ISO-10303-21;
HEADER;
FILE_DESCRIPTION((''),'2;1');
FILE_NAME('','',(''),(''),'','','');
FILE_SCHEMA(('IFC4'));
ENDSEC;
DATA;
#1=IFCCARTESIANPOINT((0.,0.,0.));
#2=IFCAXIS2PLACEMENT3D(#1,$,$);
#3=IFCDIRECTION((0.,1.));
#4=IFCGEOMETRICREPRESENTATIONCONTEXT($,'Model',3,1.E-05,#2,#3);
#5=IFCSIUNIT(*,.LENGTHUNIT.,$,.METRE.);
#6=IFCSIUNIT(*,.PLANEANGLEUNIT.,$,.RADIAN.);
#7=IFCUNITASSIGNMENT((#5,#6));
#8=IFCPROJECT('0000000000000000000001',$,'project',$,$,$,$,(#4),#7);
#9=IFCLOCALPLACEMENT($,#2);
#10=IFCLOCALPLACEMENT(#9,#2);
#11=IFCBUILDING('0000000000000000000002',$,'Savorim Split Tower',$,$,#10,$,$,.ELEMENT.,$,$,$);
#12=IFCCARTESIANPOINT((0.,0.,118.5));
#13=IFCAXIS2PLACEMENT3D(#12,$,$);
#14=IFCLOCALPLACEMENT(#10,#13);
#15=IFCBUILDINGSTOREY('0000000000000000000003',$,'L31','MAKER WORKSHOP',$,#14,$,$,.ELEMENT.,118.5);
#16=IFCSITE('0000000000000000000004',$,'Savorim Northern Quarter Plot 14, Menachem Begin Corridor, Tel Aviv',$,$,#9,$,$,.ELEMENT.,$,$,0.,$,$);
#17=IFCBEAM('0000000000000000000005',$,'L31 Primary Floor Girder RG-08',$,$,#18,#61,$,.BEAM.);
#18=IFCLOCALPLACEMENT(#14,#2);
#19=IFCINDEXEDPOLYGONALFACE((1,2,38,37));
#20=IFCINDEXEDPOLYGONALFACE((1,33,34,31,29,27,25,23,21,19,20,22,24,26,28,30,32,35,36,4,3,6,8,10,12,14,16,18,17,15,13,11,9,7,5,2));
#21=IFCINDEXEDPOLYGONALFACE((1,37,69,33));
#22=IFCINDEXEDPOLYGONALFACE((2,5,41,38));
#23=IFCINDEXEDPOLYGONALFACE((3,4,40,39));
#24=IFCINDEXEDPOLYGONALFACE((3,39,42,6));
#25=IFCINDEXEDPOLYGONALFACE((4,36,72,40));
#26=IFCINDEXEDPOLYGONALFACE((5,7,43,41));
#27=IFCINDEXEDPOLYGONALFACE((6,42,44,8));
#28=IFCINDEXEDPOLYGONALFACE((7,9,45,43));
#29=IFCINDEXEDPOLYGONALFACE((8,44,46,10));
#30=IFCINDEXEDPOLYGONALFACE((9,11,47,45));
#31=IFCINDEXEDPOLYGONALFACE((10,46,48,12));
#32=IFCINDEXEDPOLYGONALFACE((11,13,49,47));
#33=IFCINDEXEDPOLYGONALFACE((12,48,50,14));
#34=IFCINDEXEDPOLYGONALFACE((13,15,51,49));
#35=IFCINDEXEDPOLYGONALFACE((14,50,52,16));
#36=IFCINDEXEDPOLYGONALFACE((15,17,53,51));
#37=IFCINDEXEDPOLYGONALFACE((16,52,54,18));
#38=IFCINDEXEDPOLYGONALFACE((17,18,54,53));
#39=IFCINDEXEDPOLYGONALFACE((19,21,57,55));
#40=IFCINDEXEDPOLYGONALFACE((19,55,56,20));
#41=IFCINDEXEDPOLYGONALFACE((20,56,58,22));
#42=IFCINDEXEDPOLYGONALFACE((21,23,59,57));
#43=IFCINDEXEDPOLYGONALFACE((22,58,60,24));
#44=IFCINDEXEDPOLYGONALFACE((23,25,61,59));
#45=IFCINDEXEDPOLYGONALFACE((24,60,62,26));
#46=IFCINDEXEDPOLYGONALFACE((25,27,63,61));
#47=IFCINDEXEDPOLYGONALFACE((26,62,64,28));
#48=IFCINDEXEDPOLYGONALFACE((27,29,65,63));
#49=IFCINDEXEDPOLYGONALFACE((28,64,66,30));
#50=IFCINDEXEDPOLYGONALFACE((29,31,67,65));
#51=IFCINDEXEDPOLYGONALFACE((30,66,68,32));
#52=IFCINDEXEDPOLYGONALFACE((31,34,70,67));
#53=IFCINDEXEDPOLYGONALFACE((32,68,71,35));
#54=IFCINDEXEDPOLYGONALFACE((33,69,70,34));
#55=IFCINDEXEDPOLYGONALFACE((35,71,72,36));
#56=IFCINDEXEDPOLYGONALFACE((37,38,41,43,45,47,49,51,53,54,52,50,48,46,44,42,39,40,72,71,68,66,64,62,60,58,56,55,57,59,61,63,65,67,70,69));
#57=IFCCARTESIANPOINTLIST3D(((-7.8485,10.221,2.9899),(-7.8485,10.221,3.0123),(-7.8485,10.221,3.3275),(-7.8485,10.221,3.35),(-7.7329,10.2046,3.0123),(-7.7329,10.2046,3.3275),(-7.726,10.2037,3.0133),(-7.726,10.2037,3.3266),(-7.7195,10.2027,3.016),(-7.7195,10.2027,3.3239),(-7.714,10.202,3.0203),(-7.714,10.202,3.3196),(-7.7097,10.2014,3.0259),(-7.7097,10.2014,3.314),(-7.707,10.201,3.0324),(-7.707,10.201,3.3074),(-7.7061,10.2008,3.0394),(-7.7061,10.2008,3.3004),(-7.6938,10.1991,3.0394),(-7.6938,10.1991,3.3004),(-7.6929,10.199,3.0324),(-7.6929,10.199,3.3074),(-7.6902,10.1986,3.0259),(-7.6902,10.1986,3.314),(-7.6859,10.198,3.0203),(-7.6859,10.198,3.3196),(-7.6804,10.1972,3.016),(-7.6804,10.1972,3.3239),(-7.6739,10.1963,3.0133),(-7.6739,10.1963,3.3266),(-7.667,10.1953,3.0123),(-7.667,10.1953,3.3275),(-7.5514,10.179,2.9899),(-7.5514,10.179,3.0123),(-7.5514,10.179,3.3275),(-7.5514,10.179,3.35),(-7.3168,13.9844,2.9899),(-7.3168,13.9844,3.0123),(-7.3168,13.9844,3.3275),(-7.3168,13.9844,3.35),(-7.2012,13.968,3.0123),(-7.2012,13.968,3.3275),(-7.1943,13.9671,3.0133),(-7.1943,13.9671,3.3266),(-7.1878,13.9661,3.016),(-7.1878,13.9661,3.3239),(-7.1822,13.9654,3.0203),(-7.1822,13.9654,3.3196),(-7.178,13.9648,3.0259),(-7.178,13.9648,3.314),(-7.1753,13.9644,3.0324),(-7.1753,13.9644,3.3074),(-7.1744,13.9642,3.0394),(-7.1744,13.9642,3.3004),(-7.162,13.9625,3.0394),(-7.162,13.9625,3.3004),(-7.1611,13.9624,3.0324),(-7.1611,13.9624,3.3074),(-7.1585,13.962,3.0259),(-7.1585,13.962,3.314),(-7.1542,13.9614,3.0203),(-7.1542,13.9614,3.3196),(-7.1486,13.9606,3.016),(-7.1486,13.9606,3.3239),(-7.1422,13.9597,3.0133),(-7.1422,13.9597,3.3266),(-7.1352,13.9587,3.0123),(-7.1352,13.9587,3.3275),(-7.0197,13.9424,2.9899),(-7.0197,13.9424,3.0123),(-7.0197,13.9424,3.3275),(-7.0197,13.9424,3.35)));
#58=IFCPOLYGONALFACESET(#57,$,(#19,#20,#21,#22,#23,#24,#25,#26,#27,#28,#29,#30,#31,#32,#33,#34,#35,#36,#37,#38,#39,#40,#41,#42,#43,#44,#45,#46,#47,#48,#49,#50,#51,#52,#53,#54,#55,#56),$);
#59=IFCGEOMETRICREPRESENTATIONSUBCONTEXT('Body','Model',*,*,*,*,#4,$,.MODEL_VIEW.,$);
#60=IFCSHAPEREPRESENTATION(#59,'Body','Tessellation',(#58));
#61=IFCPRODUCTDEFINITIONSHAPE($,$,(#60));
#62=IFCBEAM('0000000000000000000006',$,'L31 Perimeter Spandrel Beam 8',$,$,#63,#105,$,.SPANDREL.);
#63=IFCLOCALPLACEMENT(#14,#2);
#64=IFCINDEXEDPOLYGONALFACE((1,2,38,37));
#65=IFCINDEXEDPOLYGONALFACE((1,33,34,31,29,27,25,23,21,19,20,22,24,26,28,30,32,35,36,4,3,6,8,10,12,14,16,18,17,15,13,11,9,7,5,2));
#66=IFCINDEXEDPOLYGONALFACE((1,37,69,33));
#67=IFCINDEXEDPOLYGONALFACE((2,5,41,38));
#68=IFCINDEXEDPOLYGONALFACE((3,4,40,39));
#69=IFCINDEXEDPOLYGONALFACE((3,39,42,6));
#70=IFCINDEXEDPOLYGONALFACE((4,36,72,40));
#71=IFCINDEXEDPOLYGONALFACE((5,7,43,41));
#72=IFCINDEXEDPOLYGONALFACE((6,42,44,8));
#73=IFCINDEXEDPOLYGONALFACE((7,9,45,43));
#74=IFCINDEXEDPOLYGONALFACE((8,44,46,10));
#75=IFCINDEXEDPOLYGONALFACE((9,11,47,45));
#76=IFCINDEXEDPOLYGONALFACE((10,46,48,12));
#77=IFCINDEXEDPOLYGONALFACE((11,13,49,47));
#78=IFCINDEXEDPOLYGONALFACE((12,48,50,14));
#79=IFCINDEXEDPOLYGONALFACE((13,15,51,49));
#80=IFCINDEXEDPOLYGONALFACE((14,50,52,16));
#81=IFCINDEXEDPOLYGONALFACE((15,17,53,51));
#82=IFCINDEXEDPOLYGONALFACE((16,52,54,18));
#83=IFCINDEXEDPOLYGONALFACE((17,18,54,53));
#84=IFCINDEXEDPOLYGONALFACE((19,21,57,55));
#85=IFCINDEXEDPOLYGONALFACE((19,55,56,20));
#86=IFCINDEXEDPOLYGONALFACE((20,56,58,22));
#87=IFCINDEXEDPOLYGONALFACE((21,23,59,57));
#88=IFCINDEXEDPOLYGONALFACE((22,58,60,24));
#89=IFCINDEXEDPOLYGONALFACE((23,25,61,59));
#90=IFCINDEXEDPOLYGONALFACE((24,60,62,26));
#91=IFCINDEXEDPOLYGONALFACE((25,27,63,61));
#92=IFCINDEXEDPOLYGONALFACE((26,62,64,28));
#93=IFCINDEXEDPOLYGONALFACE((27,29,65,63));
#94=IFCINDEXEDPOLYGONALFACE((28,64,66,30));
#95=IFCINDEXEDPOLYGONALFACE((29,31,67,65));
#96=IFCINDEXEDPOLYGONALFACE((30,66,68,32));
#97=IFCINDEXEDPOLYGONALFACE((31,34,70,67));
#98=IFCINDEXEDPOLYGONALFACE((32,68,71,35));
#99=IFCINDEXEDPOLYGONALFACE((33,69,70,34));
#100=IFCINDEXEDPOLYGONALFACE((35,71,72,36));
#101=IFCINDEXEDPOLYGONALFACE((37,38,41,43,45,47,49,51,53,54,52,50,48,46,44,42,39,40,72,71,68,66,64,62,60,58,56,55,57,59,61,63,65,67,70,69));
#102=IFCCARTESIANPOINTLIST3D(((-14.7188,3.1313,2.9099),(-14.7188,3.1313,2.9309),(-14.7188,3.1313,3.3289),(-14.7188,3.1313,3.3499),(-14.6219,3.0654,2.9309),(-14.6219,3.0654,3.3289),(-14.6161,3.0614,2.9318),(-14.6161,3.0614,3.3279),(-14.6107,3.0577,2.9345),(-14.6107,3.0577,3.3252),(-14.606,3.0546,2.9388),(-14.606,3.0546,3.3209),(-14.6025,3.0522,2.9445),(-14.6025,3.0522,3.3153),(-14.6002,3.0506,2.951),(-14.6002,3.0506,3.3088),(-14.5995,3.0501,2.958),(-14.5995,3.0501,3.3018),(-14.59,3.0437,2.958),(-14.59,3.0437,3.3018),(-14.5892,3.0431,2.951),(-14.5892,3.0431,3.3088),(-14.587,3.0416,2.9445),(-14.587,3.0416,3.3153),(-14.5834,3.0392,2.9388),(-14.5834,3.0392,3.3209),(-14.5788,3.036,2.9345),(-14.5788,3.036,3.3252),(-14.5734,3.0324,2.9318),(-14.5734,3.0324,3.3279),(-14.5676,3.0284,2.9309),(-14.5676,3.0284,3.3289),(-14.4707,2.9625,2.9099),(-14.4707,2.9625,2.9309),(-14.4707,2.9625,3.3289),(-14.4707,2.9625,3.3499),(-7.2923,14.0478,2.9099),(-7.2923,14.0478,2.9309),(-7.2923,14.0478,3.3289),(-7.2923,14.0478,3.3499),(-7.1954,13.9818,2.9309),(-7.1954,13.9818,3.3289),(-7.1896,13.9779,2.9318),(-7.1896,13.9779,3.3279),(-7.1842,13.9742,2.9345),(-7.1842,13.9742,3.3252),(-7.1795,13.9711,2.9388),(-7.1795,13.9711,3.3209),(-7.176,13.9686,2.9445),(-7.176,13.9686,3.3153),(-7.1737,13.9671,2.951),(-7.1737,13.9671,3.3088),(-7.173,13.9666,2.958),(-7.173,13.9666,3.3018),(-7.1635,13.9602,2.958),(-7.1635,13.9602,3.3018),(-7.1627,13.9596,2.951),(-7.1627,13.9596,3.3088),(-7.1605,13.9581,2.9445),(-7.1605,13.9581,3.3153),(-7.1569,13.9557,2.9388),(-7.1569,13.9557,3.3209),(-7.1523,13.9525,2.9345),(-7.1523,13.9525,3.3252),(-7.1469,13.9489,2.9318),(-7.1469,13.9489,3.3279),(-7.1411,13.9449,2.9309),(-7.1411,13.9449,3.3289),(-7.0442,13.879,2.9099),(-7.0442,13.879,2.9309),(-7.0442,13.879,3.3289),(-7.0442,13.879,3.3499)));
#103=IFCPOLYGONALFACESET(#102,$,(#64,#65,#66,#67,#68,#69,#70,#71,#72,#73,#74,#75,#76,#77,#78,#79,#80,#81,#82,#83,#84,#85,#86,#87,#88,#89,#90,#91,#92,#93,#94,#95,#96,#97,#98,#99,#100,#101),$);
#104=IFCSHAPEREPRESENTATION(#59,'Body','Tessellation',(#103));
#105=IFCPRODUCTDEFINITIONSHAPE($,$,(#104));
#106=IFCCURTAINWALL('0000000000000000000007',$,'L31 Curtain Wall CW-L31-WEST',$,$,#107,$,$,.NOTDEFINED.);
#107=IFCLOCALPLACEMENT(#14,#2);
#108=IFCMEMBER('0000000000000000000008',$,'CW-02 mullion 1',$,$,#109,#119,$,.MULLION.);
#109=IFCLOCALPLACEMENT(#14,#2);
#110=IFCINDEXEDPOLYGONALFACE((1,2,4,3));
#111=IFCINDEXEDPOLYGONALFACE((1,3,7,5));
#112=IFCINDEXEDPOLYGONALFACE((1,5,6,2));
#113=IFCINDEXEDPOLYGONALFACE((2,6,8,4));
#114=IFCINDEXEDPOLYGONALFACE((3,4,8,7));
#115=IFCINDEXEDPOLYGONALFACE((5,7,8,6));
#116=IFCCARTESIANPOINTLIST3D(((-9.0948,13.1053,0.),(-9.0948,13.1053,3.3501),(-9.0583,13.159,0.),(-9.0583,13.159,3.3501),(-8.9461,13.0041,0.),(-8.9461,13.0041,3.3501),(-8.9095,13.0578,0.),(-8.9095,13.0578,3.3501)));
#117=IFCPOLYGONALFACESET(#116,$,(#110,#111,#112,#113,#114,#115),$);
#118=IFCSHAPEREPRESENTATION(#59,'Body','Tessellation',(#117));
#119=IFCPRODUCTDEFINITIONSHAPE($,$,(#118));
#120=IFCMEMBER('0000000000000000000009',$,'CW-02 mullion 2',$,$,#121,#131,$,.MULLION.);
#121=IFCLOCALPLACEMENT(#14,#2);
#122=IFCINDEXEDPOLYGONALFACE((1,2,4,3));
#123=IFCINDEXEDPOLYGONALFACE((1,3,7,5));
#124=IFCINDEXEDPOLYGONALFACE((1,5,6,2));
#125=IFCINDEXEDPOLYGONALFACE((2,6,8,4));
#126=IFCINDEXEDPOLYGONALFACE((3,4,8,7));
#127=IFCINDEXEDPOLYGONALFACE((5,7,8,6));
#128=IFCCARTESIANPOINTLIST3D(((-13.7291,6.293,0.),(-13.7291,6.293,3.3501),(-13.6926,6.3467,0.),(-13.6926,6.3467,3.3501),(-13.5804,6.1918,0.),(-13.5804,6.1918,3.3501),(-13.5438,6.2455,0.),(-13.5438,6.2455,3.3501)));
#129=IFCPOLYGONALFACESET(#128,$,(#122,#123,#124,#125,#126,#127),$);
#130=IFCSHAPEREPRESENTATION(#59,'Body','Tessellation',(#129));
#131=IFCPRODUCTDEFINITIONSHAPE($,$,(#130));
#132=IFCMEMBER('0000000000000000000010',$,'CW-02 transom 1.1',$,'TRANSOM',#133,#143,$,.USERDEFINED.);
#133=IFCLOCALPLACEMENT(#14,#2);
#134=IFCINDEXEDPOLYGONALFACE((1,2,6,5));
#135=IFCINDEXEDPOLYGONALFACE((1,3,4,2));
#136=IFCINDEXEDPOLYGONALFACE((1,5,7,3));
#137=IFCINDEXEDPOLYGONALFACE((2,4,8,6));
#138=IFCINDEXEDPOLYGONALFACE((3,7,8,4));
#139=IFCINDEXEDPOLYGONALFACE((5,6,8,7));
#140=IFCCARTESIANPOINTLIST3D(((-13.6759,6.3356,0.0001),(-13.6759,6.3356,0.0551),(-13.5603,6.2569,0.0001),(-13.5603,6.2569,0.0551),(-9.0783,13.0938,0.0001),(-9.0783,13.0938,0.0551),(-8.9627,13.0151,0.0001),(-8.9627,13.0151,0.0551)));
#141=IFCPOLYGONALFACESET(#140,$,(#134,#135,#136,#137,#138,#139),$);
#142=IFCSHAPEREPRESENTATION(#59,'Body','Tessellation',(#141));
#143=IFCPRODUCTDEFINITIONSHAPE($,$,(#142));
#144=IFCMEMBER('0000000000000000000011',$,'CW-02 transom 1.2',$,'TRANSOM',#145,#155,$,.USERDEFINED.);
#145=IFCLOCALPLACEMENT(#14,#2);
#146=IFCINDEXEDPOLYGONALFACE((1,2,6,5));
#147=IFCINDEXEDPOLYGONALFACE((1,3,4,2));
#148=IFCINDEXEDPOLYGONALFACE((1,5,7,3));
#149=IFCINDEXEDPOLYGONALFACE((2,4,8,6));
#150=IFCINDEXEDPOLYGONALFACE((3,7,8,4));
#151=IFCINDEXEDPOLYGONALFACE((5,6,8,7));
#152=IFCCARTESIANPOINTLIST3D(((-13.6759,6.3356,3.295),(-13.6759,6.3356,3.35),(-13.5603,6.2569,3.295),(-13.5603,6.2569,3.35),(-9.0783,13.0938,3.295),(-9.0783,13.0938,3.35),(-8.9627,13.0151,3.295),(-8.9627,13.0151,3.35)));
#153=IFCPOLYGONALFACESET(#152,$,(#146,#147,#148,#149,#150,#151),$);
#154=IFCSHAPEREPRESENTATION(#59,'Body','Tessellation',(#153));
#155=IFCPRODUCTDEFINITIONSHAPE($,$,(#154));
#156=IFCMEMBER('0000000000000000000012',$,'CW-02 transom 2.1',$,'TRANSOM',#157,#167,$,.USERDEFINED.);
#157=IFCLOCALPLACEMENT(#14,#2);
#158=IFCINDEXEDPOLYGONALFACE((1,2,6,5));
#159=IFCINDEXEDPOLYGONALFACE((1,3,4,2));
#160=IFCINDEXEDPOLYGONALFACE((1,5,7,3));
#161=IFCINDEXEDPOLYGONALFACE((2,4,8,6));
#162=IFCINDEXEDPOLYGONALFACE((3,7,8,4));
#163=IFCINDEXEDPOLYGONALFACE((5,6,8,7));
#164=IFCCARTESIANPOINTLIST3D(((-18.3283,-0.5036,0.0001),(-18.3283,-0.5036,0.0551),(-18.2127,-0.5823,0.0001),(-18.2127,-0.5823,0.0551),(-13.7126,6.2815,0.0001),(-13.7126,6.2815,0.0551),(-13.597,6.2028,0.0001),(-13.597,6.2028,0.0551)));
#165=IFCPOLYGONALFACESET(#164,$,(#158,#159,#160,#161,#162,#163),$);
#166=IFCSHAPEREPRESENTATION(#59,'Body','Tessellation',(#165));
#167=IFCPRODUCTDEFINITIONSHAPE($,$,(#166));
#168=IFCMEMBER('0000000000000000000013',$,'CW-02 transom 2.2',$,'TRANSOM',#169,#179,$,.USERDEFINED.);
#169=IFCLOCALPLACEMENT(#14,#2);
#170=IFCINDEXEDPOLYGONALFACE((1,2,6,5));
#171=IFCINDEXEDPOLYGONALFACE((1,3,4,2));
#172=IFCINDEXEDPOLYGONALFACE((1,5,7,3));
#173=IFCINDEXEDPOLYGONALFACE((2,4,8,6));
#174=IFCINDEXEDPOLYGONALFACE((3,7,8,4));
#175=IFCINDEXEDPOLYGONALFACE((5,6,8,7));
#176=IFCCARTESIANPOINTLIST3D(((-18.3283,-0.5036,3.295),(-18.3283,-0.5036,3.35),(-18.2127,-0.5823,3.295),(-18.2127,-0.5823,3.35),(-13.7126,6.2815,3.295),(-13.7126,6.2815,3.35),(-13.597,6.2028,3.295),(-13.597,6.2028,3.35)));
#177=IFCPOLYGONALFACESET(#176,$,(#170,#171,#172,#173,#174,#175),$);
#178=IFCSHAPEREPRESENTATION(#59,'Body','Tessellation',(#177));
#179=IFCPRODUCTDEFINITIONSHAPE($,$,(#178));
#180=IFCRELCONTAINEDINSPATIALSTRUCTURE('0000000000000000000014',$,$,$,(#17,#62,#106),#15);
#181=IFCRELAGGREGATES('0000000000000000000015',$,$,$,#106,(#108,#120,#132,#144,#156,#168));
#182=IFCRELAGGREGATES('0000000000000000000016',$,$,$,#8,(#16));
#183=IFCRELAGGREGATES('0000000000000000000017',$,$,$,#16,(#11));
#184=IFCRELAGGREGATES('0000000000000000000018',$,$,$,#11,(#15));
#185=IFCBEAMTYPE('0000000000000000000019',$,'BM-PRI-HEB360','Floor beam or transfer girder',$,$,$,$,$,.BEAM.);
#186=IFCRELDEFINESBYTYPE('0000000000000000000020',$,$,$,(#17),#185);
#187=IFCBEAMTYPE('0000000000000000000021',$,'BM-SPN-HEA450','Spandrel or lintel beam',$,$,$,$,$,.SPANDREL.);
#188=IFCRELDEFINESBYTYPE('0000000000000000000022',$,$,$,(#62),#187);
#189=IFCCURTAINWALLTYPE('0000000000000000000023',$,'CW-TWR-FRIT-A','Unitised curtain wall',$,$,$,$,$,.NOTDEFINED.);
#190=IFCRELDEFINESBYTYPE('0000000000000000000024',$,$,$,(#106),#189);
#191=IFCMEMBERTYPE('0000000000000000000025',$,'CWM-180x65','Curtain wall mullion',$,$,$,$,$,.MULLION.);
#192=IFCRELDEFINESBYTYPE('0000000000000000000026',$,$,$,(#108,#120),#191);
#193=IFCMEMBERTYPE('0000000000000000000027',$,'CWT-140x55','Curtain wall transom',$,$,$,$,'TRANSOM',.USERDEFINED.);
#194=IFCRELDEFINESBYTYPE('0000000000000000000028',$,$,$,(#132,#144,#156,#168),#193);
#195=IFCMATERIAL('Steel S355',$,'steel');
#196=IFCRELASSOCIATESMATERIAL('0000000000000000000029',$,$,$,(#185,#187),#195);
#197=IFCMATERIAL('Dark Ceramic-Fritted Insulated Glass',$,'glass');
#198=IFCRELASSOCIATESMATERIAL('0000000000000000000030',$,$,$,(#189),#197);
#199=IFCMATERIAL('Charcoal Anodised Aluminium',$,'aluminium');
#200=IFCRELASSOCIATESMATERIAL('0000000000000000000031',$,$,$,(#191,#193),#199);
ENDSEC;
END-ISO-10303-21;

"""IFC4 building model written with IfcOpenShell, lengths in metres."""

from ifc_helpers import new_model, si_unit, direction, frame, origin, origin_2d, place, context, subcontext, project, spatial, rectangle, i_section, extrude, material, material_profile, profile_set, type_object, element, aggregate, save


model = new_model("IFC4")

# Units and contexts
model_context = context("Model", 3, precision=1e-05, world=origin(), true_north=direction((0.0, 1.0)))
body_context = subcontext(model_context, "Body", "Model", "MODEL_VIEW")
ifc_project = project(units=[si_unit("LENGTHUNIT", "METRE"), si_unit("PLANEANGLEUNIT", "RADIAN")], contexts=[model_context])

# Site, building, storey
site_placement = place(None, origin())
site = spatial("IfcSite", under=ifc_project, at=site_placement, Name="Savorim Northern Quarter Plot 14, Menachem Begin Corridor, Tel Aviv", CompositionType="ELEMENT", RefElevation=0.0)
building_placement = place(site_placement, origin())
building = spatial("IfcBuilding", under=site, at=building_placement, Name="Savorim Split Tower", CompositionType="ELEMENT")
storey_placement = place(building_placement, frame((0.0, 0.0, 118.5)))
storey = spatial("IfcBuildingStorey", under=building, at=storey_placement, Name="L31", Description="MAKER WORKSHOP", CompositionType="ELEMENT", Elevation=118.5)

# Beams
ifc_material_1 = material(Name="Steel S355", Category="steel")
ifc_material_profile_1 = material_profile(ifc_material_1, i_section(OverallWidth=0.3, OverallDepth=0.3601, WebThickness=0.0125, FlangeThickness=0.0225, FilletRadius=0.0271, at=origin_2d()), Name="HEB 360")
ifc_profile_set_1 = profile_set([ifc_material_profile_1], Name="Steel S355")
beam_type_1 = type_object("IfcBeamType", Name="BM-PRI-HEB360", Description="Floor beam or transfer girder", PredefinedType="BEAM", material=ifc_profile_set_1)
beam_1_placement = place(storey_placement, frame((-7.1682, 13.9634, 3.1699), z_axis=(-0.139901, -0.990165, 0.0), x_axis=(0.990165, -0.139901, 0.0)))
element("IfcBeam", 1, at=beam_1_placement, inside=storey, type_object=beam_type_1, Name="L31 Primary Floor Girder RG-08", PredefinedType="BEAM", context=body_context, shape_type="SweptSolid", body=[
    extrude(i_section(OverallWidth=0.3, OverallDepth=0.3601, WebThickness=0.0125, FlangeThickness=0.0225, FilletRadius=0.0271, at=origin_2d()), origin(), (0.0, 0.0, 1.0), 3.8008),
])
ifc_material_profile_2 = material_profile(ifc_material_1, i_section(OverallWidth=0.3, OverallDepth=0.4399, WebThickness=0.0115, FlangeThickness=0.021, FilletRadius=0.0271, at=origin_2d()), Name="HEA 450")
ifc_profile_set_2 = profile_set([ifc_material_profile_2], Name="Steel S355")
beam_type_2 = type_object("IfcBeamType", Name="BM-SPN-HEA450", Description="Spandrel or lintel beam", PredefinedType="SPANDREL", material=ifc_profile_set_2)
beam_2_placement = place(storey_placement, frame((-7.1682, 13.9634, 3.1299), z_axis=(-0.56248, -0.826811, 0.0), x_axis=(0.826811, -0.56248, 0.0)))
element("IfcBeam", 2, at=beam_2_placement, inside=storey, type_object=beam_type_2, Name="L31 Perimeter Spandrel Beam 8", PredefinedType="SPANDREL", context=body_context, shape_type="SweptSolid", body=[
    extrude(i_section(OverallWidth=0.3, OverallDepth=0.4399, WebThickness=0.0115, FlangeThickness=0.021, FilletRadius=0.0271, at=origin_2d()), origin(), (0.0, 0.0, 1.0), 13.2031),
])

# Curtain wall, members
ifc_material_2 = material(Name="Dark Ceramic-Fritted Insulated Glass", Category="glass")
curtain_wall_type = type_object("IfcCurtainWallType", Name="CW-TWR-FRIT-A", Description="Unitised curtain wall", PredefinedType="NOTDEFINED", material=ifc_material_2)
curtain_wall_placement = place(storey_placement, origin())
curtain_wall = element("IfcCurtainWall", 3, at=curtain_wall_placement, inside=storey, type_object=curtain_wall_type, Name="L31 Curtain Wall CW-L31-WEST", PredefinedType="NOTDEFINED")
ifc_material_3 = material(Name="Charcoal Anodised Aluminium", Category="aluminium")
ifc_material_profile_3 = material_profile(ifc_material_3, rectangle(XDim=0.1799, YDim=0.0649, at=origin_2d()), Name="ALU-M 180x65")
ifc_profile_set_3 = profile_set([ifc_material_profile_3], Name="Charcoal Anodised Aluminium")
member_type_1 = type_object("IfcMemberType", Name="CWM-180x65", Description="Curtain wall mullion", PredefinedType="MULLION", material=ifc_profile_set_3)
member_1_placement = place(storey_placement, frame((-9.0022, 13.0815, 0.0), z_axis=(0.0, 0.0, 1.0), x_axis=(0.82682, -0.562467, 0.0)))
member_1 = element("IfcMember", 4, at=member_1_placement, type_object=member_type_1, Name="CW-02 mullion 1", PredefinedType="MULLION", context=body_context, shape_type="SweptSolid", body=[
    extrude(rectangle(XDim=0.1799, YDim=0.0649, at=origin_2d()), origin(), (0.0, 0.0, 1.0), 3.3501),
])
member_2_placement = place(storey_placement, frame((-13.6365, 6.2693, 0.0), z_axis=(0.0, 0.0, 1.0), x_axis=(0.82682, -0.562467, 0.0)))
member_2 = element("IfcMember", 5, at=member_2_placement, type_object=member_type_1, Name="CW-02 mullion 2", PredefinedType="MULLION", context=body_context, shape_type="SweptSolid", body=[
    extrude(rectangle(XDim=0.1799, YDim=0.0649, at=origin_2d()), origin(), (0.0, 0.0, 1.0), 3.3501),
])
ifc_material_profile_4 = material_profile(ifc_material_3, rectangle(XDim=0.1399, YDim=0.0549, at=origin_2d()), Name="ALU-T 140x55")
ifc_profile_set_4 = profile_set([ifc_material_profile_4], Name="Charcoal Anodised Aluminium")
member_type_2 = type_object("IfcMemberType", Name="CWT-140x55", Description="Curtain wall transom", ElementType="TRANSOM", PredefinedType="USERDEFINED", material=ifc_profile_set_4)
member_3_placement = place(storey_placement, frame((-9.0205, 13.0544, 0.0276), z_axis=(-0.562478, -0.826812, 0.0), x_axis=(0.826812, -0.562478, 0.0)))
member_3 = element("IfcMember", 6, at=member_3_placement, type_object=member_type_2, Name="CW-02 transom 1.1", ObjectType="TRANSOM", PredefinedType="USERDEFINED", context=body_context, shape_type="SweptSolid", body=[
    extrude(rectangle(XDim=0.1399, YDim=0.0549, at=origin_2d()), origin(), (0.0, 0.0, 1.0), 8.1738),
])
member_4_placement = place(storey_placement, frame((-9.0205, 13.0544, 3.3225), z_axis=(-0.562478, -0.826812, 0.0), x_axis=(0.826812, -0.562478, 0.0)))
member_4 = element("IfcMember", 7, at=member_4_placement, type_object=member_type_2, Name="CW-02 transom 1.2", ObjectType="TRANSOM", PredefinedType="USERDEFINED", context=body_context, shape_type="SweptSolid", body=[
    extrude(rectangle(XDim=0.1399, YDim=0.0549, at=origin_2d()), origin(), (0.0, 0.0, 1.0), 8.1738),
])
member_5_placement = place(storey_placement, frame((-13.6548, 6.2422, 0.0276), z_axis=(-0.562461, -0.826824, 0.0), x_axis=(0.826824, -0.562461, 0.0)))
member_5 = element("IfcMember", 8, at=member_5_placement, type_object=member_type_2, Name="CW-02 transom 2.1", ObjectType="TRANSOM", PredefinedType="USERDEFINED", context=body_context, shape_type="SweptSolid", body=[
    extrude(rectangle(XDim=0.1399, YDim=0.0549, at=origin_2d()), origin(), (0.0, 0.0, 1.0), 8.2063),
])
member_6_placement = place(storey_placement, frame((-13.6548, 6.2422, 3.3225), z_axis=(-0.562461, -0.826824, 0.0), x_axis=(0.826824, -0.562461, 0.0)))
member_6 = element("IfcMember", 9, at=member_6_placement, type_object=member_type_2, Name="CW-02 transom 2.2", ObjectType="TRANSOM", PredefinedType="USERDEFINED", context=body_context, shape_type="SweptSolid", body=[
    extrude(rectangle(XDim=0.1399, YDim=0.0549, at=origin_2d()), origin(), (0.0, 0.0, 1.0), 8.2063),
])
aggregate(curtain_wall, [member_1, member_2, member_3, member_4, member_5, member_6])

save(model, "model.ifc")
